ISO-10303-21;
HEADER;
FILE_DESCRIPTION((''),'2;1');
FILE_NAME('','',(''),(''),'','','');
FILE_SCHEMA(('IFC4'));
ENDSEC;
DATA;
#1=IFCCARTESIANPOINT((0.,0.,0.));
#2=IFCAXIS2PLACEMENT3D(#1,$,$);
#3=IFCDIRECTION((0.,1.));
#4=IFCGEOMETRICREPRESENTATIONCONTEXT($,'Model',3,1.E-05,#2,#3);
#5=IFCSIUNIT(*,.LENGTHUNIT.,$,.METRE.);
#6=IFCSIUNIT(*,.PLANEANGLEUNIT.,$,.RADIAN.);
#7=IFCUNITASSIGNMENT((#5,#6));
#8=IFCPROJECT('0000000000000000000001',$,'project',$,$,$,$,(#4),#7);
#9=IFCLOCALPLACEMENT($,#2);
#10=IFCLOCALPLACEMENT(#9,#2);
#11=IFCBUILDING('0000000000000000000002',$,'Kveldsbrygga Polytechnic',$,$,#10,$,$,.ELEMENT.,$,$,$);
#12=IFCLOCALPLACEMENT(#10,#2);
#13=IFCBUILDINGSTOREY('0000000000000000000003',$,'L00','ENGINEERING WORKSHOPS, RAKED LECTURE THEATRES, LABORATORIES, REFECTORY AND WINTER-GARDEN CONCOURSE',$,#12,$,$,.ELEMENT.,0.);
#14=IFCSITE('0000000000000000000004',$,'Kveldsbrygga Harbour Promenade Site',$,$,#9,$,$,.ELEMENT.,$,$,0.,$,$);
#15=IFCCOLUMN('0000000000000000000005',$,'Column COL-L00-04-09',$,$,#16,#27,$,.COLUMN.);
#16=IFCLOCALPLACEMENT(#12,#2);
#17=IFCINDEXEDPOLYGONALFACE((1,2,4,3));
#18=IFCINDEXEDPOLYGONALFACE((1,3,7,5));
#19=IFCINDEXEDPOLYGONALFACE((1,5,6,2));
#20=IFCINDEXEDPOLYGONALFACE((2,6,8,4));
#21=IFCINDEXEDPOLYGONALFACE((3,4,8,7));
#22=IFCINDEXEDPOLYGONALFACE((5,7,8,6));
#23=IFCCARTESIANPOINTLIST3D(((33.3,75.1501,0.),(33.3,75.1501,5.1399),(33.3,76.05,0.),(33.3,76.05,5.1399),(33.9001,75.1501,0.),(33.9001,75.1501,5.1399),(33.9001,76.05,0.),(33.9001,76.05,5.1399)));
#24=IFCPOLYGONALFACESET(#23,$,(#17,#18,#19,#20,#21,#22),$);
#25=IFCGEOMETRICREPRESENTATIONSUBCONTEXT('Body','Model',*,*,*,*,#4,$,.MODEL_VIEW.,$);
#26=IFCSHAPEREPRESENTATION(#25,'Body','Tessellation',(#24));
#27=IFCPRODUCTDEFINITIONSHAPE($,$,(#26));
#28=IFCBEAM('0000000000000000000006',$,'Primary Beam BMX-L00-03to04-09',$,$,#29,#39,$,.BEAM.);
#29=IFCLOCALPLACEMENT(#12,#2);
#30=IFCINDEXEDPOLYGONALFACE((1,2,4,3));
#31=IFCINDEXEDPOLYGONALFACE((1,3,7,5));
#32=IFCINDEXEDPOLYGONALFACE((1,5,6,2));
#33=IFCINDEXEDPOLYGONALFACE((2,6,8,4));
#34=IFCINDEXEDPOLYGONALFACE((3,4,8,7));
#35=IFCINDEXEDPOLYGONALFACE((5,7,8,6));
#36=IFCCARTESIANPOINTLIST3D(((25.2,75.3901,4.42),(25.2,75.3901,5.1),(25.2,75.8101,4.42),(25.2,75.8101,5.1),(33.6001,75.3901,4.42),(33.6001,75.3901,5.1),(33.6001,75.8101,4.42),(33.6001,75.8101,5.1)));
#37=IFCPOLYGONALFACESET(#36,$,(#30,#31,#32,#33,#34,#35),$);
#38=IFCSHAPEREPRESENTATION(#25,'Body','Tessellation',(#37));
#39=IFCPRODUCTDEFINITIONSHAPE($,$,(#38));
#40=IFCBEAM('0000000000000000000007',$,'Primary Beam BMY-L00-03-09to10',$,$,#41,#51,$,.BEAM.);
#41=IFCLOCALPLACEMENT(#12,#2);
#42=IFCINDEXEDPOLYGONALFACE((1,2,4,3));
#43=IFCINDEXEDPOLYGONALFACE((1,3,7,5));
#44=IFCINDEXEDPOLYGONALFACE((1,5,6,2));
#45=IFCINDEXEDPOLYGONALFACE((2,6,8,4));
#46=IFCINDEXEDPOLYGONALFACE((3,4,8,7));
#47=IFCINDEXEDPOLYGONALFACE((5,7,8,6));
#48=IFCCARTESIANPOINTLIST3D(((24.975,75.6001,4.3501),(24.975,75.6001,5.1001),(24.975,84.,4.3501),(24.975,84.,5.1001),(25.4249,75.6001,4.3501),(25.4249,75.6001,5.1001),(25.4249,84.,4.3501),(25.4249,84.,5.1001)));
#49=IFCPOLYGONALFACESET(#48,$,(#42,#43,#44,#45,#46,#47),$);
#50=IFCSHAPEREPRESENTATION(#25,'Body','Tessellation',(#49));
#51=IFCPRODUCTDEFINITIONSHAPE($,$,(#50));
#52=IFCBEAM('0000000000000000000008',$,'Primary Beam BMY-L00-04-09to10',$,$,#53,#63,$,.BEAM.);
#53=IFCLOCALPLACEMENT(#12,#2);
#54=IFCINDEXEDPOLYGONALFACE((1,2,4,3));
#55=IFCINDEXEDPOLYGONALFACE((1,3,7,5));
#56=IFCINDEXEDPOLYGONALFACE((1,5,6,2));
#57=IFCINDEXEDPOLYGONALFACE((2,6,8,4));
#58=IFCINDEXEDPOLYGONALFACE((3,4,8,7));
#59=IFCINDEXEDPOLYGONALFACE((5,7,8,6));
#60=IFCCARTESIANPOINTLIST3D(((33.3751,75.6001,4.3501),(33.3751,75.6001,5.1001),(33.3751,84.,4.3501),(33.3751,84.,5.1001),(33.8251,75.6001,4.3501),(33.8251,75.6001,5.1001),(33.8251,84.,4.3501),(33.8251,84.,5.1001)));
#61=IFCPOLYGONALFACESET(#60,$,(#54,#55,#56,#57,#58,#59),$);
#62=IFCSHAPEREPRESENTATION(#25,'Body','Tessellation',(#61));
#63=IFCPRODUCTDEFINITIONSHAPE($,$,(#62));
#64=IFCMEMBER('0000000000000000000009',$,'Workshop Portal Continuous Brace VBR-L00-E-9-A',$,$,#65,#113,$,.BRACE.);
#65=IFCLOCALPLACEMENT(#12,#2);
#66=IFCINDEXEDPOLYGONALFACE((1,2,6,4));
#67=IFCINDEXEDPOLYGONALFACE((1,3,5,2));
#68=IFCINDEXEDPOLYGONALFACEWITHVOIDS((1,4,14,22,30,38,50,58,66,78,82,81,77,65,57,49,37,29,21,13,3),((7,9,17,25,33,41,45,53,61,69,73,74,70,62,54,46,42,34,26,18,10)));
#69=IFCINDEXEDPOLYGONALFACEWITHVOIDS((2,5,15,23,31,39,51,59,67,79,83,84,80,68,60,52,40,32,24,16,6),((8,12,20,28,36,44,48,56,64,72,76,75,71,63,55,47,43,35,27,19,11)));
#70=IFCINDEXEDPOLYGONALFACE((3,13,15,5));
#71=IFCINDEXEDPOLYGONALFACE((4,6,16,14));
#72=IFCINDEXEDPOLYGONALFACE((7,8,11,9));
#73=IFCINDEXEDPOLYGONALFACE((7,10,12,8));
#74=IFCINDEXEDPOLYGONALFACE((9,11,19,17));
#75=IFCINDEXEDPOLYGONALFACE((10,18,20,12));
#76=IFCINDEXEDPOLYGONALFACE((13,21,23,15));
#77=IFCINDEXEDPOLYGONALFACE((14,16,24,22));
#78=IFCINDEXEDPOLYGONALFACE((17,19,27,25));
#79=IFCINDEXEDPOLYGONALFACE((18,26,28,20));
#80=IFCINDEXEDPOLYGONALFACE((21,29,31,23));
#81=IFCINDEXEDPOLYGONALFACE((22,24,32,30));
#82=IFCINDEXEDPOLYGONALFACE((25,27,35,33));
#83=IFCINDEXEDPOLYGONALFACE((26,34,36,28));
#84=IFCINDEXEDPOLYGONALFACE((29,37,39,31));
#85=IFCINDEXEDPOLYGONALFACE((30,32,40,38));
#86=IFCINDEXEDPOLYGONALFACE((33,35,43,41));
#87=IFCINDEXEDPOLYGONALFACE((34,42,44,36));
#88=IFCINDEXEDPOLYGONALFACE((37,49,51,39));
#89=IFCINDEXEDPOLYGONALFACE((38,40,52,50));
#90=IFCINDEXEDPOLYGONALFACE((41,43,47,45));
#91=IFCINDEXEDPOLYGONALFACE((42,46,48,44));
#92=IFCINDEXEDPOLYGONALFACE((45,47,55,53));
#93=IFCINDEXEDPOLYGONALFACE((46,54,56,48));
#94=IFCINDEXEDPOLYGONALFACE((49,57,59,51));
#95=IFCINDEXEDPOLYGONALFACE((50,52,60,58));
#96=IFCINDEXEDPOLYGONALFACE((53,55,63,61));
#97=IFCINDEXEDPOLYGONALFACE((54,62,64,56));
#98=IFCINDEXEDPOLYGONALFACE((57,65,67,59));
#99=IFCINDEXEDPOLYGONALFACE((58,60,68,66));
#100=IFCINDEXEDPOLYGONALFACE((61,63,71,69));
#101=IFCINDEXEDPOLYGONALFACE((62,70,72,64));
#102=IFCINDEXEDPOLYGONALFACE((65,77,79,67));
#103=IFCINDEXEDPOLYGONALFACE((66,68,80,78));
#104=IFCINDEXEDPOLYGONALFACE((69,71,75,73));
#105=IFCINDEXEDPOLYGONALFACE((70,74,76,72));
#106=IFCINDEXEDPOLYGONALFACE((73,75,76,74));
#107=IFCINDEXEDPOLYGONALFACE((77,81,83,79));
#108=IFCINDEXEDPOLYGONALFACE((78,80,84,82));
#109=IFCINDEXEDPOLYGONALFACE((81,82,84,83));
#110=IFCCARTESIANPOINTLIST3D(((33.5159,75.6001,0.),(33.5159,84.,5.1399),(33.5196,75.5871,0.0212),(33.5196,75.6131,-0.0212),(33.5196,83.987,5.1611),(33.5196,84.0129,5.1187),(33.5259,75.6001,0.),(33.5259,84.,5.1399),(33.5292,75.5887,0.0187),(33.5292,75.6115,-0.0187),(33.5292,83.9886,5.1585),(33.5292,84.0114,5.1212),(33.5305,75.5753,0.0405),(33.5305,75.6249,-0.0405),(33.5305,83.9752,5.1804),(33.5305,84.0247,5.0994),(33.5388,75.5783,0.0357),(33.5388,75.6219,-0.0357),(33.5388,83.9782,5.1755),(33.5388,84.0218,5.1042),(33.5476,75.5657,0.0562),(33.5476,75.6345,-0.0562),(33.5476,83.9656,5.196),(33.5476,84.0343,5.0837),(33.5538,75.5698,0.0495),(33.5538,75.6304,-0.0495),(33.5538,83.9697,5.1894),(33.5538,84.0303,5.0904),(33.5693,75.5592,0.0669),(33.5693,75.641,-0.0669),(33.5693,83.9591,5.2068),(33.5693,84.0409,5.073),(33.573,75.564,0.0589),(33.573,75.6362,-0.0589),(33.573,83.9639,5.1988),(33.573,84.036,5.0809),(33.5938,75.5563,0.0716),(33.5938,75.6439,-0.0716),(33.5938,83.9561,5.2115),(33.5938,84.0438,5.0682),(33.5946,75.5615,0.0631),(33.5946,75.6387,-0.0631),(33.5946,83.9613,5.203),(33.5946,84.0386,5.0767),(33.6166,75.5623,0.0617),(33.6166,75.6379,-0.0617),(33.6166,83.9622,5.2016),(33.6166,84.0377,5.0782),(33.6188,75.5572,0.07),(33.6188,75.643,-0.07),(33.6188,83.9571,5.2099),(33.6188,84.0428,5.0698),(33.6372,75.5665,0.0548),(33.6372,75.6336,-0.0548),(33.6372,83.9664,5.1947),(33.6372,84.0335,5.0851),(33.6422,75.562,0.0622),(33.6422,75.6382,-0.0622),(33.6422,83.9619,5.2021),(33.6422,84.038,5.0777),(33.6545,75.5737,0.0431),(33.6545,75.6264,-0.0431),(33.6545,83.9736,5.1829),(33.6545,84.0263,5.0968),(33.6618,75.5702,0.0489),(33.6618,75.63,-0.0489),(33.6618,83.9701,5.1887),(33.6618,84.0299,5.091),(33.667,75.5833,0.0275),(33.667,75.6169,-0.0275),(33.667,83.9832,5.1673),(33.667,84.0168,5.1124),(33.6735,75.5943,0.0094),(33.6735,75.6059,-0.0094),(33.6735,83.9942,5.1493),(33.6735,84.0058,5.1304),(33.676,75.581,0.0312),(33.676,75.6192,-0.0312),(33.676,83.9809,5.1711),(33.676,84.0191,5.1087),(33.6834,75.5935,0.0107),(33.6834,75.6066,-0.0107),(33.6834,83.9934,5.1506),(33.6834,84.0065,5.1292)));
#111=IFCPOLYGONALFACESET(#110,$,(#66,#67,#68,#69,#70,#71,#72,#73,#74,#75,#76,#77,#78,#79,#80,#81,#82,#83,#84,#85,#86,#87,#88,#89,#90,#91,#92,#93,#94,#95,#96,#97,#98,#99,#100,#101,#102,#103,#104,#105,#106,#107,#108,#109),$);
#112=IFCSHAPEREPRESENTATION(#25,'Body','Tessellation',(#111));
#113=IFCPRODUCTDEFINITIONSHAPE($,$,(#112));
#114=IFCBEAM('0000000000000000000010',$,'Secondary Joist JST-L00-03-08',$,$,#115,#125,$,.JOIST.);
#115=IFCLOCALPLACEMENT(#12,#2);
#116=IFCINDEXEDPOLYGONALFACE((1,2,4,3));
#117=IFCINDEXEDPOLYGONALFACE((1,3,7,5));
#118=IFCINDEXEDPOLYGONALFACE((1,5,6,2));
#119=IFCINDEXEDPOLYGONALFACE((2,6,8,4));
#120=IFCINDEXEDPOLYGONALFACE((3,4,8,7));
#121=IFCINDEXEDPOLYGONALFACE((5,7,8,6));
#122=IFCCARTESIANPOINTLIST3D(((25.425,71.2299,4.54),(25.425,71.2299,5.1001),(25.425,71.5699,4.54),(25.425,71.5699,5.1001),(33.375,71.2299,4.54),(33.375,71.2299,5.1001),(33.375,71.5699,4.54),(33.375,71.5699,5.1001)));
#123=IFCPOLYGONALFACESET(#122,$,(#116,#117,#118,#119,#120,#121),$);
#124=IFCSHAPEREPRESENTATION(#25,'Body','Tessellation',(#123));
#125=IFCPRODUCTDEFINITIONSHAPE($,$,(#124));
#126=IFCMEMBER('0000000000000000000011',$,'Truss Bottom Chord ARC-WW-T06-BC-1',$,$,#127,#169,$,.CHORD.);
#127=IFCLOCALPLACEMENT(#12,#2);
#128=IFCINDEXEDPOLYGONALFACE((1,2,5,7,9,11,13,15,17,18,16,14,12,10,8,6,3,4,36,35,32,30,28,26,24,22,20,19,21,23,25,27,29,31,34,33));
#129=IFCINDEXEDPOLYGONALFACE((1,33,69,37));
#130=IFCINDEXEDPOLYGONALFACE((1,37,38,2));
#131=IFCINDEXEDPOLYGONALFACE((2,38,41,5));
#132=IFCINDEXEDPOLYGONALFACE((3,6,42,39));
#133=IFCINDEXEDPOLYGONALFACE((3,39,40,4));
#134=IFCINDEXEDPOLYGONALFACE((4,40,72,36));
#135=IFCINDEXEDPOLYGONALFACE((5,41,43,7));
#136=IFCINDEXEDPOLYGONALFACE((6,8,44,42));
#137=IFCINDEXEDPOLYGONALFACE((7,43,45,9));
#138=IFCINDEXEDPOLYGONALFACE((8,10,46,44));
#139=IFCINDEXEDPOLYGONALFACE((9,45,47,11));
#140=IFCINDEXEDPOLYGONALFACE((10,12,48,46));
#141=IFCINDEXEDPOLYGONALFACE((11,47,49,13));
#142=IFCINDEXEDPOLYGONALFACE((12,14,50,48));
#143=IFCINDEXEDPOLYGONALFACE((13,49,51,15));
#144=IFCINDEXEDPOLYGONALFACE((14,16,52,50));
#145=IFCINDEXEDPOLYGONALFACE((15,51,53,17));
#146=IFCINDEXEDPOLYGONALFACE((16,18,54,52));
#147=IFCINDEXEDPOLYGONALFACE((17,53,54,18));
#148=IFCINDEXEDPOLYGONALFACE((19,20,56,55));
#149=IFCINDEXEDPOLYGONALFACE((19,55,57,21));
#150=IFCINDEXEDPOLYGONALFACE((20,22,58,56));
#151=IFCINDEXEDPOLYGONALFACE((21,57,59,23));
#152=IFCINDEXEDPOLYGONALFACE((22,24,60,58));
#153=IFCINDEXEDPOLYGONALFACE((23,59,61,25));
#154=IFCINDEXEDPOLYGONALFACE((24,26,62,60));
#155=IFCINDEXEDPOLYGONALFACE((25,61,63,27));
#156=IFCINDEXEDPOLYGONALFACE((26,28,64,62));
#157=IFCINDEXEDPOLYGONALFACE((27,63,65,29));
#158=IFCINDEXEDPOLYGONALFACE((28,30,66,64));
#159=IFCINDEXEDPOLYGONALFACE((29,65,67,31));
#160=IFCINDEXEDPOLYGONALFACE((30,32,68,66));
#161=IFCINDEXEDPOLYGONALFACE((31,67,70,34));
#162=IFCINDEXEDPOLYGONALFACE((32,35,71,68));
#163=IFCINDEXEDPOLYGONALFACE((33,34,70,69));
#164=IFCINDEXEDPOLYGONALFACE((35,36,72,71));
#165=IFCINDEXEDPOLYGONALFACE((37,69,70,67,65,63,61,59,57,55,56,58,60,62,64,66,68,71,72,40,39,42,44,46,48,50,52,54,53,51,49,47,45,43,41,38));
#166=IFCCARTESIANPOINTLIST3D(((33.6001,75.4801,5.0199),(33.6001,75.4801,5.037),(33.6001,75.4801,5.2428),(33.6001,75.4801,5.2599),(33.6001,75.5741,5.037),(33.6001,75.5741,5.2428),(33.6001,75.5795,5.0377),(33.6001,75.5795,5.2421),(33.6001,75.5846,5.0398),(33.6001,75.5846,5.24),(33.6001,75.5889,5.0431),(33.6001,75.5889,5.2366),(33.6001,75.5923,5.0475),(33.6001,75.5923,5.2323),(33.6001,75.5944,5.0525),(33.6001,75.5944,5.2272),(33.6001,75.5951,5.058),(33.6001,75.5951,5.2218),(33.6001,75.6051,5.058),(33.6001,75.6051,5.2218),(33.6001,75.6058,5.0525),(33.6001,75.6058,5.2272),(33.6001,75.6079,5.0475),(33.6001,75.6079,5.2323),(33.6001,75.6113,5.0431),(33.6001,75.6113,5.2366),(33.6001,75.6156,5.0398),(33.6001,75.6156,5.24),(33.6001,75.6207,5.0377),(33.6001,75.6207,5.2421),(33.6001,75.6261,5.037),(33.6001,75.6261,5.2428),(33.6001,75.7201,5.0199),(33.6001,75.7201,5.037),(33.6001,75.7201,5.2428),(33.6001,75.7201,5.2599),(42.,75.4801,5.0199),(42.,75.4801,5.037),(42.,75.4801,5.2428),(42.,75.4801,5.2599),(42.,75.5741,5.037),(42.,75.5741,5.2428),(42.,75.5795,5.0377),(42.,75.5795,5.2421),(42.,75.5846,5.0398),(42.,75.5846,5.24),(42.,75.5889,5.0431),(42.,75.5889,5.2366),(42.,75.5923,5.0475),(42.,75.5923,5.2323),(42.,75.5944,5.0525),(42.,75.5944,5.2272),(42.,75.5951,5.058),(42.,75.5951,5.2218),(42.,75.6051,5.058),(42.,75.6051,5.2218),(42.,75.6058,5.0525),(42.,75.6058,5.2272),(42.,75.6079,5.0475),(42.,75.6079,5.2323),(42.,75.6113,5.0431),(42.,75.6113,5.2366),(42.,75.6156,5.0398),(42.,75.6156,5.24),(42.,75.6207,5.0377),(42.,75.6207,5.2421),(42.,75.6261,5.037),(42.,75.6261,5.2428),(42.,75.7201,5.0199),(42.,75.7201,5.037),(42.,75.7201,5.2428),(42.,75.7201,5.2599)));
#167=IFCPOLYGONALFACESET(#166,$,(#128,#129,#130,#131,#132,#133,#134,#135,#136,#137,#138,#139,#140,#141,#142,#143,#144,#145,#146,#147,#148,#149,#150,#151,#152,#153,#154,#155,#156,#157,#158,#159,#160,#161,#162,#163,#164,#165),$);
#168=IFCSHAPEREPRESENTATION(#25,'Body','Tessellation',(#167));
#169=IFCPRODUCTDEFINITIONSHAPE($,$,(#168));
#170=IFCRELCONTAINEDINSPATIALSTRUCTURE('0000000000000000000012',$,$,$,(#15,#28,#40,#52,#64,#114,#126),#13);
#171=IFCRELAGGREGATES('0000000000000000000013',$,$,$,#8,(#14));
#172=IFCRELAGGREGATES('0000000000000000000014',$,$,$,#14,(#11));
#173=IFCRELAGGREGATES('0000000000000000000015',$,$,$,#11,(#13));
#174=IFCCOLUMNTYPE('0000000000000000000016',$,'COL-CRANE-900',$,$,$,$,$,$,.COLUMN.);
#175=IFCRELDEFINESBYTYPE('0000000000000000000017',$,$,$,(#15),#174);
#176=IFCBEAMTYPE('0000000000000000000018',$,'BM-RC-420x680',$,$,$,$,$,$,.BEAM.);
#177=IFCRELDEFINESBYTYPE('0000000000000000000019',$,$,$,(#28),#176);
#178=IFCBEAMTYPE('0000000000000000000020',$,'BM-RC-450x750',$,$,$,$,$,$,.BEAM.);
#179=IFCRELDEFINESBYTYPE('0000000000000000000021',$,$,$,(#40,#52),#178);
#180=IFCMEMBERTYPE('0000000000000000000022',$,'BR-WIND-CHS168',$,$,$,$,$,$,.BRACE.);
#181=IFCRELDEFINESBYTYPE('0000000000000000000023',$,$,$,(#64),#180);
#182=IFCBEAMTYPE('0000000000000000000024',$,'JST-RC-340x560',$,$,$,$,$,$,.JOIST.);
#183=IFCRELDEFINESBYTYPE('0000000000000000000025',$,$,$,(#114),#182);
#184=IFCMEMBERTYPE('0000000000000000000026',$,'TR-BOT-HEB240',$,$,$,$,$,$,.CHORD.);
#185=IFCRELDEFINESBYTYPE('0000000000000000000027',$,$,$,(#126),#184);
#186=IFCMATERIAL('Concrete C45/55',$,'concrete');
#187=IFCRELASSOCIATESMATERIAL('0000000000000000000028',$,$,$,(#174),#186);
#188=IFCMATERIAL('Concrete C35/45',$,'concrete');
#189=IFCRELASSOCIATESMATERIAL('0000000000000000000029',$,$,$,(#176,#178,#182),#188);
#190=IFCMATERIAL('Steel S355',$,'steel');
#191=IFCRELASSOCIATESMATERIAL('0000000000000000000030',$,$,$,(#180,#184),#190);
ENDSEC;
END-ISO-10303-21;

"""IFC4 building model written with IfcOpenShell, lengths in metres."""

from ifc_helpers import new_model, si_unit, direction, frame, origin, origin_2d, place, context, subcontext, project, spatial, rectangle, hollow_circle, i_section, extrude, material, material_profile, profile_set, type_object, element, save


model = new_model("IFC4")

# Units and contexts
model_context = context("Model", 3, precision=1e-05, world=origin(), true_north=direction((0.0, 1.0)))
body_context = subcontext(model_context, "Body", "Model", "MODEL_VIEW")
ifc_project = project(units=[si_unit("LENGTHUNIT", "METRE"), si_unit("PLANEANGLEUNIT", "RADIAN")], contexts=[model_context])

# Site, building, storey
site_placement = place(None, origin())
site = spatial("IfcSite", under=ifc_project, at=site_placement, Name="Kveldsbrygga Harbour Promenade Site", CompositionType="ELEMENT", RefElevation=0.0)
building_placement = place(site_placement, origin())
building = spatial("IfcBuilding", under=site, at=building_placement, Name="Kveldsbrygga Polytechnic", CompositionType="ELEMENT")
storey_placement = place(building_placement, origin())
storey = spatial("IfcBuildingStorey", under=building, at=storey_placement, Name="L00", Description="ENGINEERING WORKSHOPS, RAKED LECTURE THEATRES, LABORATORIES, REFECTORY AND WINTER-GARDEN CONCOURSE", CompositionType="ELEMENT", Elevation=0.0)

# Column
ifc_material_1 = material(Name="Concrete C45/55", Category="concrete")
ifc_material_profile_1 = material_profile(ifc_material_1, rectangle(XDim=0.6001, YDim=0.8999, at=origin_2d()), Name="RC 600x900")
ifc_profile_set_1 = profile_set([ifc_material_profile_1], Name="Concrete C45/55")
column_type = type_object("IfcColumnType", Name="COL-CRANE-900", PredefinedType="COLUMN", material=ifc_profile_set_1)
column_placement = place(storey_placement, frame((33.6001, 75.6001, 0.0), z_axis=(0.0, 0.0, 1.0), x_axis=(1.0, 0.0, 0.0)))
element("IfcColumn", 1, at=column_placement, inside=storey, type_object=column_type, Name="Column COL-L00-04-09", PredefinedType="COLUMN", context=body_context, shape_type="SweptSolid", body=[
    extrude(rectangle(XDim=0.6001, YDim=0.8999, at=origin_2d()), origin(), (0.0, 0.0, 1.0), 5.1399),
])

# Beams
ifc_material_2 = material(Name="Concrete C35/45", Category="concrete")
ifc_material_profile_2 = material_profile(ifc_material_2, rectangle(XDim=0.4199, YDim=0.6799, at=origin_2d()), Name="RC 420x680")
ifc_profile_set_2 = profile_set([ifc_material_profile_2], Name="Concrete C35/45")
beam_type_1 = type_object("IfcBeamType", Name="BM-RC-420x680", PredefinedType="BEAM", material=ifc_profile_set_2)
beam_1_placement = place(storey_placement, frame((25.2, 75.6001, 4.76), z_axis=(1.0, 0.0, 0.0), x_axis=(0.0, 1.0, 0.0)))
element("IfcBeam", 2, at=beam_1_placement, inside=storey, type_object=beam_type_1, Name="Primary Beam BMX-L00-03to04-09", PredefinedType="BEAM", context=body_context, shape_type="SweptSolid", body=[
    extrude(rectangle(XDim=0.4199, YDim=0.6799, at=origin_2d()), origin(), (0.0, 0.0, 1.0), 8.4001),
])
ifc_material_profile_3 = material_profile(ifc_material_2, rectangle(XDim=0.45, YDim=0.75, at=origin_2d()), Name="RC 450x750")
ifc_profile_set_3 = profile_set([ifc_material_profile_3], Name="Concrete C35/45")
beam_type_2 = type_object("IfcBeamType", Name="BM-RC-450x750", PredefinedType="BEAM", material=ifc_profile_set_3)
for number, where, z_axis, x_axis, name in (
    (3, (25.2, 75.6001, 4.7251), (0.0, 1.0, 0.0), (-1.0, 0.0, 0.0), "Primary Beam BMY-L00-03-09to10"),
    (4, (33.6001, 75.6001, 4.7251), (0.0, 1.0, 0.0), (-1.0, 0.0, 0.0), "Primary Beam BMY-L00-04-09to10"),
):
    element("IfcBeam", number, at=place(storey_placement, frame(where, z_axis=z_axis, x_axis=x_axis)), inside=storey, type_object=beam_type_2, Name=name, PredefinedType="BEAM", context=body_context, shape_type="SweptSolid", body=[
        extrude(rectangle(XDim=0.45, YDim=0.75, at=origin_2d()), origin(), (0.0, 0.0, 1.0), 8.3999),
    ])

# Member
ifc_material_3 = material(Name="Steel S355", Category="steel")
ifc_material_profile_4 = material_profile(ifc_material_3, hollow_circle(Radius=0.0842, WallThickness=0.01, at=origin_2d()), Name="CHS 168.3x10.0")
ifc_profile_set_4 = profile_set([ifc_material_profile_4], Name="Steel S355")
member_type_1 = type_object("IfcMemberType", Name="BR-WIND-CHS168", PredefinedType="BRACE", material=ifc_profile_set_4)
member_1_placement = place(storey_placement, frame((33.6001, 75.6001, 0.0), z_axis=(0.0, 0.852983, 0.521939), x_axis=(-1.0, 0.0, 0.0)))
element("IfcMember", 5, at=member_1_placement, inside=storey, type_object=member_type_1, Name="Workshop Portal Continuous Brace VBR-L00-E-9-A", PredefinedType="BRACE", context=body_context, shape_type="SweptSolid", body=[
    extrude(hollow_circle(Radius=0.0842, WallThickness=0.01, at=origin_2d()), origin(), (0.0, 0.0, 1.0), 9.8477),
])

# Beam
ifc_material_profile_5 = material_profile(ifc_material_2, rectangle(XDim=0.3401, YDim=0.5601, at=origin_2d()), Name="RC 340x560")
ifc_profile_set_5 = profile_set([ifc_material_profile_5], Name="Concrete C35/45")
beam_type_3 = type_object("IfcBeamType", Name="JST-RC-340x560", PredefinedType="JOIST", material=ifc_profile_set_5)
beam_2_placement = place(storey_placement, frame((25.425, 71.3999, 4.8201), z_axis=(1.0, 0.0, 0.0), x_axis=(0.0, 1.0, 0.0)))
element("IfcBeam", 6, at=beam_2_placement, inside=storey, type_object=beam_type_3, Name="Secondary Joist JST-L00-03-08", PredefinedType="JOIST", context=body_context, shape_type="SweptSolid", body=[
    extrude(rectangle(XDim=0.3401, YDim=0.5601, at=origin_2d()), origin(), (0.0, 0.0, 1.0), 7.95),
])

# Member
ifc_material_profile_6 = material_profile(ifc_material_3, i_section(OverallWidth=0.24, OverallDepth=0.24, WebThickness=0.01, FlangeThickness=0.0171, FilletRadius=0.021, at=origin_2d()), Name="HEB 240")
ifc_profile_set_6 = profile_set([ifc_material_profile_6], Name="Steel S355")
member_type_2 = type_object("IfcMemberType", Name="TR-BOT-HEB240", PredefinedType="CHORD", material=ifc_profile_set_6)
member_2_placement = place(storey_placement, frame((33.6001, 75.6001, 5.1399), z_axis=(1.0, 0.0, 0.0), x_axis=(0.0, 1.0, 0.0)))
element("IfcMember", 7, at=member_2_placement, inside=storey, type_object=member_type_2, Name="Truss Bottom Chord ARC-WW-T06-BC-1", PredefinedType="CHORD", context=body_context, shape_type="SweptSolid", body=[
    extrude(i_section(OverallWidth=0.24, OverallDepth=0.24, WebThickness=0.01, FlangeThickness=0.0171, FilletRadius=0.021, at=origin_2d()), origin(), (0.0, 0.0, 1.0), 8.3999),
])

save(model, "model.ifc")
